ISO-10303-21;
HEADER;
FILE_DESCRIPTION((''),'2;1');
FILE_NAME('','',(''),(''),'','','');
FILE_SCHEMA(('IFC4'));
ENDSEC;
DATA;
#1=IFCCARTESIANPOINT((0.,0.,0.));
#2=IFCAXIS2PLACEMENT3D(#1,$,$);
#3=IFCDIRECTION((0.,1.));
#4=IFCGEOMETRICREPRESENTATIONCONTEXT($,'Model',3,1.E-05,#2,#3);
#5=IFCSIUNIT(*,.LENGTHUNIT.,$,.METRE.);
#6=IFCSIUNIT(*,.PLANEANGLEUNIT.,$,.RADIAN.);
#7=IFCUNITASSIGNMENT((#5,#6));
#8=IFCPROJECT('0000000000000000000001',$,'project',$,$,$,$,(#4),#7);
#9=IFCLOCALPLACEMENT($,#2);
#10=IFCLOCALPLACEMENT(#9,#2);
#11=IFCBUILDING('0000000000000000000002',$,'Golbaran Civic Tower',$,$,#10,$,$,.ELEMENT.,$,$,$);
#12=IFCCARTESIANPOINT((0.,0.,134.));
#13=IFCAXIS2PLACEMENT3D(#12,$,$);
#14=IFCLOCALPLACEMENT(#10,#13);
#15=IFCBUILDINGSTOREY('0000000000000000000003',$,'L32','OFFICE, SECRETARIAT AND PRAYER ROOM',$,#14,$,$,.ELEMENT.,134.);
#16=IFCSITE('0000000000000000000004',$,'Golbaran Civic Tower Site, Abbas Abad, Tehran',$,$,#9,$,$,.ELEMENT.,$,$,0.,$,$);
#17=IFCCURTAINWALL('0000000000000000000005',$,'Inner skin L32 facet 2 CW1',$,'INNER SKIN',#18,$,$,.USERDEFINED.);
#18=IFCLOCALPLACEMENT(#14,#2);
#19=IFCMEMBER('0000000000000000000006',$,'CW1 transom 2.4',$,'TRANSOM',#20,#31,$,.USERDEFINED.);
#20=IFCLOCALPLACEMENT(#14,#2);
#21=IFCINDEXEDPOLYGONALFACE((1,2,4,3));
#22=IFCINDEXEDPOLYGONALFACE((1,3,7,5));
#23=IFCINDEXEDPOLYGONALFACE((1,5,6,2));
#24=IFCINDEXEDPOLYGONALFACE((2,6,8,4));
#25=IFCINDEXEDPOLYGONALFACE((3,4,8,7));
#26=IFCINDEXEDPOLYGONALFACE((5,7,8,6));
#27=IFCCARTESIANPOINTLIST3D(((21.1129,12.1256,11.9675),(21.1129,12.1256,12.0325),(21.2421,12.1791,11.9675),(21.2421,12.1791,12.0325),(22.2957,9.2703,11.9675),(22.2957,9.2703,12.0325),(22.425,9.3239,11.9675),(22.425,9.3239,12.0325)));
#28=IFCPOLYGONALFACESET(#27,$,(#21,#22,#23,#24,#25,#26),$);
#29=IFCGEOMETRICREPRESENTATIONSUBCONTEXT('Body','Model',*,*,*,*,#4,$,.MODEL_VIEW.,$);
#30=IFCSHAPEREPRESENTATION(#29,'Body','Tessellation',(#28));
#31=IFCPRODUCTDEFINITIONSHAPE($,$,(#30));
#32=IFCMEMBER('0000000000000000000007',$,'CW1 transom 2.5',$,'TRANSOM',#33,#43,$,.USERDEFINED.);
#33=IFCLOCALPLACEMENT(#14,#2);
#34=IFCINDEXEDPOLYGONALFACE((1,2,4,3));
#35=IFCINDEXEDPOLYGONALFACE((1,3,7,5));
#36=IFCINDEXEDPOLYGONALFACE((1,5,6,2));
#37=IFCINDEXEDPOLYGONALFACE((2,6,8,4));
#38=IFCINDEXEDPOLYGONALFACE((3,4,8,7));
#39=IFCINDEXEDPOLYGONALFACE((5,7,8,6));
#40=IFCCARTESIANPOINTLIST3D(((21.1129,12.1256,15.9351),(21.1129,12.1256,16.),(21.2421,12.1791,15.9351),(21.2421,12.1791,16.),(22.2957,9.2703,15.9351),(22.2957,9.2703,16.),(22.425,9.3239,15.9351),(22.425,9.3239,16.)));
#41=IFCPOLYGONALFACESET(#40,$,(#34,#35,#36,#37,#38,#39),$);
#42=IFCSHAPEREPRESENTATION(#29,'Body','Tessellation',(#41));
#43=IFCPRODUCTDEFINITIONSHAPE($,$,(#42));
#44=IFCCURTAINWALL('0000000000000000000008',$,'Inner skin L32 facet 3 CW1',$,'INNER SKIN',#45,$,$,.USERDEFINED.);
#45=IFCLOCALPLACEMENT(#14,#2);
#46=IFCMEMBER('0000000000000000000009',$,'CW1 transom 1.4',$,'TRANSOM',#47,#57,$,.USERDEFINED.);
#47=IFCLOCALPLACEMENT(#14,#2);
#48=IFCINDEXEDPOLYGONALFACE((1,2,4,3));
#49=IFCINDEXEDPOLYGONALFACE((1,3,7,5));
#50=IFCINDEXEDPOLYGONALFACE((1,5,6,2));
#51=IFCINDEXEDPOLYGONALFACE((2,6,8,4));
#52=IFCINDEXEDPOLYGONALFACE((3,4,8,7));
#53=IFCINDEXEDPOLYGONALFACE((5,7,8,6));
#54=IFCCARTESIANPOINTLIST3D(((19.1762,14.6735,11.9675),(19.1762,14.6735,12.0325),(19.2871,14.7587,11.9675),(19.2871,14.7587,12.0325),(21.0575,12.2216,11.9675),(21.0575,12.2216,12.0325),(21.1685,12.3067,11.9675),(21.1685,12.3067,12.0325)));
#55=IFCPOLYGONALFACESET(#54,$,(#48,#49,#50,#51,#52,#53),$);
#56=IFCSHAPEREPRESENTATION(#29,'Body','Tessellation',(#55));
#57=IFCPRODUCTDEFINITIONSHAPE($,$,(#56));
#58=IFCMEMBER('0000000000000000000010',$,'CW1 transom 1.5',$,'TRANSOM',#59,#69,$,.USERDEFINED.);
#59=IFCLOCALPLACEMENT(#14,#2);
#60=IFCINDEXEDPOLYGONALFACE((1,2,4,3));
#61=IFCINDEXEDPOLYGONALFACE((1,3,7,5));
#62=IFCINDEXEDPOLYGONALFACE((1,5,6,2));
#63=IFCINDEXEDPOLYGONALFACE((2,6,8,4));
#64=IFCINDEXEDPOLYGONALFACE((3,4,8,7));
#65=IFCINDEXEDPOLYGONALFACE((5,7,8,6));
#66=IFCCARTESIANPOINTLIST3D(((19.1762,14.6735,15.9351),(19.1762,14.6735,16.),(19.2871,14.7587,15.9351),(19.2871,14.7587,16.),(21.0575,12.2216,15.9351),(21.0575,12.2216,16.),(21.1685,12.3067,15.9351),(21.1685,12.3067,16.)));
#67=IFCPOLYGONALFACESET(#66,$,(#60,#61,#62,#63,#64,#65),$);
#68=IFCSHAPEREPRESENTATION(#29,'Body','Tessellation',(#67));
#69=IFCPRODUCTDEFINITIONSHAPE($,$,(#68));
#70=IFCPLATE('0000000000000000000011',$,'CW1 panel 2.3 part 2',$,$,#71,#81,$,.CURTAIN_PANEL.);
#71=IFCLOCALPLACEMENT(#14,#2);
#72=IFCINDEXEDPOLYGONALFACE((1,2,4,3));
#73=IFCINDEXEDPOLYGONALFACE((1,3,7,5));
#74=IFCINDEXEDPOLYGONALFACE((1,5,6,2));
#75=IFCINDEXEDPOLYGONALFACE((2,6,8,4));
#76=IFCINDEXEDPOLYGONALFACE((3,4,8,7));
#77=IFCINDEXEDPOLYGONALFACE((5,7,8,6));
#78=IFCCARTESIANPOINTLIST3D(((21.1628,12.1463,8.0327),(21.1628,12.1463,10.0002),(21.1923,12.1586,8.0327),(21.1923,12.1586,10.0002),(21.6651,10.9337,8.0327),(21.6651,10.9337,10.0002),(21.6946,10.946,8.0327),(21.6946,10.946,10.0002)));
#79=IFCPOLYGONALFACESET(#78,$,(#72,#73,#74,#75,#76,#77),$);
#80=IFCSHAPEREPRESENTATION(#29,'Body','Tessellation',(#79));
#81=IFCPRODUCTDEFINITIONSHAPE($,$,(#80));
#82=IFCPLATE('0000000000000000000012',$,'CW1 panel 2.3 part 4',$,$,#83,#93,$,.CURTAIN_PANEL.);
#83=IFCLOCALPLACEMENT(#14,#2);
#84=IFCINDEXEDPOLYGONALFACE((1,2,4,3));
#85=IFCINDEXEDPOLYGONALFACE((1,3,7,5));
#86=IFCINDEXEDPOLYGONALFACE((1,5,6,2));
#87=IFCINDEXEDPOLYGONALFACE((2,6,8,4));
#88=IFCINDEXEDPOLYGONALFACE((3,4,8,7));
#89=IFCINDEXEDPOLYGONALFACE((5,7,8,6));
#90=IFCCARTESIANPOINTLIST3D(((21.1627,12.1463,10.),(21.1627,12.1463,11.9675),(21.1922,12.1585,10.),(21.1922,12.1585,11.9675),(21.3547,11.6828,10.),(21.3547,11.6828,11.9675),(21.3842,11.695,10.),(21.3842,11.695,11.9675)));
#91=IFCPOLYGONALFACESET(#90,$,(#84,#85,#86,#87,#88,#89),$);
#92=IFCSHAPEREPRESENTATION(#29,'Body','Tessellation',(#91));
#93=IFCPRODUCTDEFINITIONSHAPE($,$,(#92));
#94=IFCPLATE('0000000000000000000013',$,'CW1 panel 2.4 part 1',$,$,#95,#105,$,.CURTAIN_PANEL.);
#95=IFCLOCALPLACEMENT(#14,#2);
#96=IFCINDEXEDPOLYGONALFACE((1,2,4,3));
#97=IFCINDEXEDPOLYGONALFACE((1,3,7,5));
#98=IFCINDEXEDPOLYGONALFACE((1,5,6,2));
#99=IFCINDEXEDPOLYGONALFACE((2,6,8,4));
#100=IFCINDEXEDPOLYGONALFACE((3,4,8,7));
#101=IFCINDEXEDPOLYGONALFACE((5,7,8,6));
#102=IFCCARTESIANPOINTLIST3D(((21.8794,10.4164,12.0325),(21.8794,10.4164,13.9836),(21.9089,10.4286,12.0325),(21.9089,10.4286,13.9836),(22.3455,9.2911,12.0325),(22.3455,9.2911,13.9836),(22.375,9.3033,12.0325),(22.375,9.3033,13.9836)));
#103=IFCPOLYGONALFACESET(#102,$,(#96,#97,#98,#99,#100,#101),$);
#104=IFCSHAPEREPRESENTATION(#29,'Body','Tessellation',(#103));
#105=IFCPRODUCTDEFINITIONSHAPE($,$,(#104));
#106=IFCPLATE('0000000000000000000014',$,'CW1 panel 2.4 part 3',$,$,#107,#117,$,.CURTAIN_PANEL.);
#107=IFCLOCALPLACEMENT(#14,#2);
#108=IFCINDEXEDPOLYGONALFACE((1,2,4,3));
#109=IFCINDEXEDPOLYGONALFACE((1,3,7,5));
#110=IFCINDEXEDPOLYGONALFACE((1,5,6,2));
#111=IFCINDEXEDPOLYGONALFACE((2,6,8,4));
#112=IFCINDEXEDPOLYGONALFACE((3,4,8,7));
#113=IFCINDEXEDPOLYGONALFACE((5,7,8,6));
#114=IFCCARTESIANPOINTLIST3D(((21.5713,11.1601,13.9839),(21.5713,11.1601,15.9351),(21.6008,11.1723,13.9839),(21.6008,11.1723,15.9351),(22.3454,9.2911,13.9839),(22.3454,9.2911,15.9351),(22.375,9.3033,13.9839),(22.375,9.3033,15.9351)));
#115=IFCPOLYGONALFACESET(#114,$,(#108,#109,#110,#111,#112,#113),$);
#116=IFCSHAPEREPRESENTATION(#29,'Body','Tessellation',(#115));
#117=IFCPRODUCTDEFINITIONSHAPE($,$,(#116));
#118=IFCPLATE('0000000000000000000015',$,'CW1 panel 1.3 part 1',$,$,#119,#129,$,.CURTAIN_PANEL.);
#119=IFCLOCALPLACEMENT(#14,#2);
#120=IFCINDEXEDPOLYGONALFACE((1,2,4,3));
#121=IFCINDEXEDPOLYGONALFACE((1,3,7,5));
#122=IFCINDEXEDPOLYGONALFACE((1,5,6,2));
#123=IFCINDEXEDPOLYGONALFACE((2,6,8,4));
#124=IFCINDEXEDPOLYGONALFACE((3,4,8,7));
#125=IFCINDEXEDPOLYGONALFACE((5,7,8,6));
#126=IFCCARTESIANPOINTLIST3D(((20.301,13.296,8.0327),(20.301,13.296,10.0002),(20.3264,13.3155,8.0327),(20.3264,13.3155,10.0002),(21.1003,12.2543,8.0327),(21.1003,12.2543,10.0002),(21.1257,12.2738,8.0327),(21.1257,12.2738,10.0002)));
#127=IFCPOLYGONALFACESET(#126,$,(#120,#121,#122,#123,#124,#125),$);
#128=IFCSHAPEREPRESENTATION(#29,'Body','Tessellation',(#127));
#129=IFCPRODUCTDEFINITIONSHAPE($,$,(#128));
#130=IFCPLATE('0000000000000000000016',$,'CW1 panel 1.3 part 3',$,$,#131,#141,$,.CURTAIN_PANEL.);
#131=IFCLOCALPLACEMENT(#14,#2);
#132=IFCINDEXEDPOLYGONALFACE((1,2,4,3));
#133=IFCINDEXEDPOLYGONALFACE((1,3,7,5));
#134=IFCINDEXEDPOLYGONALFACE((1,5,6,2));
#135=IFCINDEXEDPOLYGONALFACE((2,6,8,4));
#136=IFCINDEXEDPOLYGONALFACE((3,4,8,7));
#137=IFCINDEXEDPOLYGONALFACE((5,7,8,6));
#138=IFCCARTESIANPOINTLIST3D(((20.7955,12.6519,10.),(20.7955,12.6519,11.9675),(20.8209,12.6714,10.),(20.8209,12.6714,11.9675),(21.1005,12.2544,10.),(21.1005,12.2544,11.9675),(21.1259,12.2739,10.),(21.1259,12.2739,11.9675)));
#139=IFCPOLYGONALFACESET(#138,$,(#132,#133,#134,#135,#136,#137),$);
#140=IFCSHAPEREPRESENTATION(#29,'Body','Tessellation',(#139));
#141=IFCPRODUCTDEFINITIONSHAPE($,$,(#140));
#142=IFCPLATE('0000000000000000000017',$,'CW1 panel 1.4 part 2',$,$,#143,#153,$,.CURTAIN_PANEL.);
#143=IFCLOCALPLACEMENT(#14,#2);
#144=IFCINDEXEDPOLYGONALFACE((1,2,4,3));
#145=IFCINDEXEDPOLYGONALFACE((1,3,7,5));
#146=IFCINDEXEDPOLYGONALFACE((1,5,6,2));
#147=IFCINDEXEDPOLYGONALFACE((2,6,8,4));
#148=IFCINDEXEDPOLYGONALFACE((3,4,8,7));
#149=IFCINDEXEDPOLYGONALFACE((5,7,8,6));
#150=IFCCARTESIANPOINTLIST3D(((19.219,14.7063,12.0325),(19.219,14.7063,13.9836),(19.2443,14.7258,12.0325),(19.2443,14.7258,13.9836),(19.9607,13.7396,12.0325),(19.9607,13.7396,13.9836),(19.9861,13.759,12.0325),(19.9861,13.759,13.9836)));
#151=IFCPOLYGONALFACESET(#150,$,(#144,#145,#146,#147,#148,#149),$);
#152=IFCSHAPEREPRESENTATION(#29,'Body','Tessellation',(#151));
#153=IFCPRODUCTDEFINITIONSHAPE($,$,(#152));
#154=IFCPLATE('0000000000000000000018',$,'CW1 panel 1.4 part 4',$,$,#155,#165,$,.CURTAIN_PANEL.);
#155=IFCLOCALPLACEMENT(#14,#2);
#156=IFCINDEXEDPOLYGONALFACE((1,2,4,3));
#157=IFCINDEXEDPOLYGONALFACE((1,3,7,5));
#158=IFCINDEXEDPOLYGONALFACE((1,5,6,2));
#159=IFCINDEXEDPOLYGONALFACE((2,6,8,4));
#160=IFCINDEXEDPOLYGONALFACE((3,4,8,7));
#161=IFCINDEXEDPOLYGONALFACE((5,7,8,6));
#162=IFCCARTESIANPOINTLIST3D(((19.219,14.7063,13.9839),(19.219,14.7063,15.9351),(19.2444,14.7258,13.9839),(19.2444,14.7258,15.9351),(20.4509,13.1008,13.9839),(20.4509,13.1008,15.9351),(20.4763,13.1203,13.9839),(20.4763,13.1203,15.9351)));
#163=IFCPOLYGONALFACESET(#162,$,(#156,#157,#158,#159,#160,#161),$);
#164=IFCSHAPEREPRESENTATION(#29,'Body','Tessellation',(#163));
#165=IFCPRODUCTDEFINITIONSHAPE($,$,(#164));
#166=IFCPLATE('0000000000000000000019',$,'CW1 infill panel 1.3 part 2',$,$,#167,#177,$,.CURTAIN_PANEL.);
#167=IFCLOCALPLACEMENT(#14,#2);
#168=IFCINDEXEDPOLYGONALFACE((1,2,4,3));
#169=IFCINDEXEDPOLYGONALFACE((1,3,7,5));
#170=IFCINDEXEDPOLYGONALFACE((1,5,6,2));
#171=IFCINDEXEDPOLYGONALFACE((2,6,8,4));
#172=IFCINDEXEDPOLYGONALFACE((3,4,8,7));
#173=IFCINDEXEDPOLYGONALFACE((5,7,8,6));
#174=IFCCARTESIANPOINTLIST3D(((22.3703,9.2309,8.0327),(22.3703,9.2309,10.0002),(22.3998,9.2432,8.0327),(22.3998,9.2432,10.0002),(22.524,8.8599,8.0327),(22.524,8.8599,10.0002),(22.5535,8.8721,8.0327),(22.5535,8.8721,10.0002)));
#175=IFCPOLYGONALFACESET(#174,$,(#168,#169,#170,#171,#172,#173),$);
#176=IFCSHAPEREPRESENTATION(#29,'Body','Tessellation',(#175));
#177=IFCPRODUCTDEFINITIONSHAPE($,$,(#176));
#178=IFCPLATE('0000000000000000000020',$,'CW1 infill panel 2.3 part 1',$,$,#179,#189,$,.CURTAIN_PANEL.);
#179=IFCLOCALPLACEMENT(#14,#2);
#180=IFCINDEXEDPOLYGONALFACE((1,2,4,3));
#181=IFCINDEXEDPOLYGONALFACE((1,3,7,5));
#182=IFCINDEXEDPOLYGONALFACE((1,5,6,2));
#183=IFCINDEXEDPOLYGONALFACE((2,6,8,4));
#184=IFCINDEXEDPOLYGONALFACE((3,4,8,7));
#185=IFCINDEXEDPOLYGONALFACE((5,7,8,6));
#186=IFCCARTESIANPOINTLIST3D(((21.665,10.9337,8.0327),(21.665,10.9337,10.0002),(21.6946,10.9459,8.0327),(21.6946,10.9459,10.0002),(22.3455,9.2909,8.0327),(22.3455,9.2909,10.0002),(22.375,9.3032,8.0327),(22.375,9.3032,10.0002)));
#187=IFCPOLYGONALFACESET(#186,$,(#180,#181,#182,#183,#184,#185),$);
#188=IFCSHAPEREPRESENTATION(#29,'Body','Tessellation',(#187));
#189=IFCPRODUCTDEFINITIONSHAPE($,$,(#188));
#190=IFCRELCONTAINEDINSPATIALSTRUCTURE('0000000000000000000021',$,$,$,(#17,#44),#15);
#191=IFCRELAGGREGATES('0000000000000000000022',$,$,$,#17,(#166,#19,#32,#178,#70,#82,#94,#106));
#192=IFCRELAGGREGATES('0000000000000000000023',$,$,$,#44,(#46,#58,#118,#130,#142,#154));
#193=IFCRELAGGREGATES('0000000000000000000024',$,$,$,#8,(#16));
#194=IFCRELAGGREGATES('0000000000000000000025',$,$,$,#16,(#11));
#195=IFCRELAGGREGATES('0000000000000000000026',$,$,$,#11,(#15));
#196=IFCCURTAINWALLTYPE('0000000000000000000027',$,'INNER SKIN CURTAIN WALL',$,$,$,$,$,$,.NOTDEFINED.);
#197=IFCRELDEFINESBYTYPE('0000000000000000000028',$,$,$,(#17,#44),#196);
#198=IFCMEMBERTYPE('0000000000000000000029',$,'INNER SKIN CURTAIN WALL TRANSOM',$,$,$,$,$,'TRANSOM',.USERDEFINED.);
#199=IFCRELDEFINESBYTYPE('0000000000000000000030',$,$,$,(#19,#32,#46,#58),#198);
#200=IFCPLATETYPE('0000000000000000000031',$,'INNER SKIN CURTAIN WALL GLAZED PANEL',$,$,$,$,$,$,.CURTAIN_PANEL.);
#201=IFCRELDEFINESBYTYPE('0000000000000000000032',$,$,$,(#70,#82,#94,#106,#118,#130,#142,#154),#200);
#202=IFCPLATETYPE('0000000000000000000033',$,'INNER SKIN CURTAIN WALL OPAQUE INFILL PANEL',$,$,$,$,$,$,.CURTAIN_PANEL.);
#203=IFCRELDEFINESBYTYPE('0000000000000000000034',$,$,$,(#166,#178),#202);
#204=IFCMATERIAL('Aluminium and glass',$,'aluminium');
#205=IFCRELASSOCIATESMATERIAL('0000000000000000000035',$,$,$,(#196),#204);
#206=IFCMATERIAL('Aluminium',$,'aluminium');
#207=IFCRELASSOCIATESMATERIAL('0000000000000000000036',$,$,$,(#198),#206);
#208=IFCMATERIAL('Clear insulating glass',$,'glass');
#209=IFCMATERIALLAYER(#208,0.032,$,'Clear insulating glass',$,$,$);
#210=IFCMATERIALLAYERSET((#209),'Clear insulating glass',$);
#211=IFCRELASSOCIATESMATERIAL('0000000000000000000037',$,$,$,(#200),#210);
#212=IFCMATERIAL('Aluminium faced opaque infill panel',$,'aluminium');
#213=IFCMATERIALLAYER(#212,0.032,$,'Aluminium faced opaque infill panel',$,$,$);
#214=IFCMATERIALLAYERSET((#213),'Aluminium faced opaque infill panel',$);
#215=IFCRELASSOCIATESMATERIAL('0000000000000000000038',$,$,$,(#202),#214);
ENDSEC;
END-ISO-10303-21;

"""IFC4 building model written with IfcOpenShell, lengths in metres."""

from ifc_helpers import new_model, si_unit, direction, frame, origin, origin_2d, place, context, subcontext, project, spatial, rectangle, extrude, material, layer, layer_set, material_profile, profile_set, type_object, element, aggregate, save


model = new_model("IFC4")

# Units and contexts
model_context = context("Model", 3, precision=1e-05, world=origin(), true_north=direction((0.0, 1.0)))
body_context = subcontext(model_context, "Body", "Model", "MODEL_VIEW")
ifc_project = project(units=[si_unit("LENGTHUNIT", "METRE"), si_unit("PLANEANGLEUNIT", "RADIAN")], contexts=[model_context])

# Site, building, storey
site_placement = place(None, origin())
site = spatial("IfcSite", under=ifc_project, at=site_placement, Name="Golbaran Civic Tower Site, Abbas Abad, Tehran", CompositionType="ELEMENT", RefElevation=0.0)
building_placement = place(site_placement, origin())
building = spatial("IfcBuilding", under=site, at=building_placement, Name="Golbaran Civic Tower", CompositionType="ELEMENT")
storey_placement = place(building_placement, frame((0.0, 0.0, 134.0)))
storey = spatial("IfcBuildingStorey", under=building, at=storey_placement, Name="L32", Description="OFFICE, SECRETARIAT AND PRAYER ROOM", CompositionType="ELEMENT", Elevation=134.0)

# Curtain walls, members
ifc_material_1 = material(Name="Aluminium and glass", Category="aluminium")
curtain_wall_type = type_object("IfcCurtainWallType", Name="INNER SKIN CURTAIN WALL", PredefinedType="NOTDEFINED", material=ifc_material_1)
curtain_wall_1_placement = place(storey_placement, origin())
curtain_wall_1 = element("IfcCurtainWall", 1, at=curtain_wall_1_placement, inside=storey, type_object=curtain_wall_type, Name="Inner skin L32 facet 2 CW1", ObjectType="INNER SKIN", PredefinedType="USERDEFINED")
ifc_material_2 = material(Name="Aluminium", Category="aluminium")
ifc_material_profile = material_profile(ifc_material_2, rectangle(XDim=0.1399, YDim=0.0649, at=origin_2d()), Name="INNER SKIN CURTAIN WALL TRANSOM")
ifc_profile_set = profile_set([ifc_material_profile], Name="Aluminium")
member_type = type_object("IfcMemberType", Name="INNER SKIN CURTAIN WALL TRANSOM", ElementType="TRANSOM", PredefinedType="USERDEFINED", material=ifc_profile_set)
member_1_placement = place(storey_placement, frame((22.3604, 9.2971, 12.0), z_axis=(-0.382736, 0.923858, 0.0), x_axis=(-0.923858, -0.382736, 0.0)))
member_1 = element("IfcMember", 2, at=member_1_placement, type_object=member_type, Name="CW1 transom 2.4", ObjectType="TRANSOM", PredefinedType="USERDEFINED", context=body_context, shape_type="SweptSolid", body=[
    extrude(rectangle(XDim=0.1399, YDim=0.0649, at=origin_2d()), origin(), (0.0, 0.0, 1.0), 3.0906),
])
member_2_placement = place(storey_placement, frame((22.3604, 9.2971, 15.9675), z_axis=(-0.382736, 0.923858, 0.0), x_axis=(-0.923858, -0.382736, 0.0)))
member_2 = element("IfcMember", 3, at=member_2_placement, type_object=member_type, Name="CW1 transom 2.5", ObjectType="TRANSOM", PredefinedType="USERDEFINED", context=body_context, shape_type="SweptSolid", body=[
    extrude(rectangle(XDim=0.1399, YDim=0.0649, at=origin_2d()), origin(), (0.0, 0.0, 1.0), 3.0906),
])
curtain_wall_2_placement = place(storey_placement, origin())
curtain_wall_2 = element("IfcCurtainWall", 4, at=curtain_wall_2_placement, inside=storey, type_object=curtain_wall_type, Name="Inner skin L32 facet 3 CW1", ObjectType="INNER SKIN", PredefinedType="USERDEFINED")
member_3_placement = place(storey_placement, frame((21.113, 12.2642, 12.0), z_axis=(-0.608748, 0.793363, 0.0), x_axis=(-0.793363, -0.608748, 0.0)))
member_3 = element("IfcMember", 5, at=member_3_placement, type_object=member_type, Name="CW1 transom 1.4", ObjectType="TRANSOM", PredefinedType="USERDEFINED", context=body_context, shape_type="SweptSolid", body=[
    extrude(rectangle(XDim=0.1399, YDim=0.0649, at=origin_2d()), origin(), (0.0, 0.0, 1.0), 3.0906),
])
member_4_placement = place(storey_placement, frame((21.113, 12.2642, 15.9675), z_axis=(-0.608748, 0.793363, 0.0), x_axis=(-0.793363, -0.608748, 0.0)))
member_4 = element("IfcMember", 6, at=member_4_placement, type_object=member_type, Name="CW1 transom 1.5", ObjectType="TRANSOM", PredefinedType="USERDEFINED", context=body_context, shape_type="SweptSolid", body=[
    extrude(rectangle(XDim=0.1399, YDim=0.0649, at=origin_2d()), origin(), (0.0, 0.0, 1.0), 3.0906),
])

# Plates
ifc_material_3 = material(Name="Clear insulating glass", Category="glass")
ifc_layer_1 = layer(ifc_material_3, 0.032, Name="Clear insulating glass")
ifc_layer_set_1 = layer_set([ifc_layer_1], Name="Clear insulating glass")
plate_type_1 = type_object("IfcPlateType", Name="INNER SKIN CURTAIN WALL GLAZED PANEL", PredefinedType="CURTAIN_PANEL", material=ifc_layer_set_1)
plate_1_placement = place(storey_placement, frame((21.4287, 11.5461, 8.0327), z_axis=(0.0, 0.0, 1.0), x_axis=(-0.382683, 0.92388, 0.0)))
plate_1 = element("IfcPlate", 7, at=plate_1_placement, type_object=plate_type_1, Name="CW1 panel 2.3 part 2", PredefinedType="CURTAIN_PANEL", context=body_context, shape_type="SweptSolid", body=[
    extrude(rectangle(XDim=1.3125, YDim=0.032, at=origin_2d()), origin(), (0.0, 0.0, 1.0), 1.9675),
])
plate_2_placement = place(storey_placement, frame((21.2734, 11.9207, 10.0), z_axis=(0.0, 0.0, 1.0), x_axis=(-0.382683, 0.92388, 0.0)))
plate_2 = element("IfcPlate", 8, at=plate_2_placement, type_object=plate_type_1, Name="CW1 panel 2.3 part 4", PredefinedType="CURTAIN_PANEL", context=body_context, shape_type="SweptSolid", body=[
    extrude(rectangle(XDim=0.5017, YDim=0.032, at=origin_2d()), origin(), (0.0, 0.0, 1.0), 1.9675),
])
plate_3_placement = place(storey_placement, frame((22.1272, 9.8599, 12.0325), z_axis=(0.0, 0.0, 1.0), x_axis=(-0.382683, 0.92388, 0.0)))
plate_3 = element("IfcPlate", 9, at=plate_3_placement, type_object=plate_type_1, Name="CW1 panel 2.4 part 1", PredefinedType="CURTAIN_PANEL", context=body_context, shape_type="SweptSolid", body=[
    extrude(rectangle(XDim=1.218, YDim=0.032, at=origin_2d()), origin(), (0.0, 0.0, 1.0), 1.9512),
])
plate_4_placement = place(storey_placement, frame((21.9731, 10.2317, 13.9839), z_axis=(0.0, 0.0, 1.0), x_axis=(-0.382683, 0.92388, 0.0)))
plate_4 = element("IfcPlate", 10, at=plate_4_placement, type_object=plate_type_1, Name="CW1 panel 2.4 part 3", PredefinedType="CURTAIN_PANEL", context=body_context, shape_type="SweptSolid", body=[
    extrude(rectangle(XDim=2.0229, YDim=0.032, at=origin_2d()), origin(), (0.0, 0.0, 1.0), 1.9512),
])
plate_5_placement = place(storey_placement, frame((20.7134, 12.7849, 8.0327), z_axis=(0.0, 0.0, 1.0), x_axis=(-0.608761, 0.793353, 0.0)))
plate_5 = element("IfcPlate", 11, at=plate_5_placement, type_object=plate_type_1, Name="CW1 panel 1.3 part 1", PredefinedType="CURTAIN_PANEL", context=body_context, shape_type="SweptSolid", body=[
    extrude(rectangle(XDim=1.313, YDim=0.032, at=origin_2d()), origin(), (0.0, 0.0, 1.0), 1.9675),
])
plate_6_placement = place(storey_placement, frame((20.9607, 12.4629, 10.0), z_axis=(0.0, 0.0, 1.0), x_axis=(-0.608761, 0.793353, 0.0)))
plate_6 = element("IfcPlate", 12, at=plate_6_placement, type_object=plate_type_1, Name="CW1 panel 1.3 part 3", PredefinedType="CURTAIN_PANEL", context=body_context, shape_type="SweptSolid", body=[
    extrude(rectangle(XDim=0.501, YDim=0.032, at=origin_2d()), origin(), (0.0, 0.0, 1.0), 1.9675),
])
plate_7_placement = place(storey_placement, frame((19.6025, 14.2327, 12.0325), z_axis=(0.0, 0.0, 1.0), x_axis=(-0.608761, 0.793353, 0.0)))
plate_7 = element("IfcPlate", 13, at=plate_7_placement, type_object=plate_type_1, Name="CW1 panel 1.4 part 2", PredefinedType="CURTAIN_PANEL", context=body_context, shape_type="SweptSolid", body=[
    extrude(rectangle(XDim=1.2185, YDim=0.032, at=origin_2d()), origin(), (0.0, 0.0, 1.0), 1.9512),
])
plate_8_placement = place(storey_placement, frame((19.8477, 13.9133, 13.9839), z_axis=(0.0, 0.0, 1.0), x_axis=(-0.608761, 0.793353, 0.0)))
plate_8 = element("IfcPlate", 14, at=plate_8_placement, type_object=plate_type_1, Name="CW1 panel 1.4 part 4", PredefinedType="CURTAIN_PANEL", context=body_context, shape_type="SweptSolid", body=[
    extrude(rectangle(XDim=2.0237, YDim=0.032, at=origin_2d()), origin(), (0.0, 0.0, 1.0), 1.9512),
])
ifc_material_4 = material(Name="Aluminium faced opaque infill panel", Category="aluminium")
ifc_layer_2 = layer(ifc_material_4, 0.032, Name="Aluminium faced opaque infill panel")
ifc_layer_set_2 = layer_set([ifc_layer_2], Name="Aluminium faced opaque infill panel")
plate_type_2 = type_object("IfcPlateType", Name="INNER SKIN CURTAIN WALL OPAQUE INFILL PANEL", PredefinedType="CURTAIN_PANEL", material=ifc_layer_set_2)
plate_9_placement = place(storey_placement, frame((22.4619, 9.0515, 8.0327), z_axis=(0.0, 0.0, 1.0), x_axis=(-0.382683, 0.92388, 0.0)))
plate_9 = element("IfcPlate", 15, at=plate_9_placement, type_object=plate_type_2, Name="CW1 infill panel 1.3 part 2", PredefinedType="CURTAIN_PANEL", context=body_context, shape_type="SweptSolid", body=[
    extrude(rectangle(XDim=0.4016, YDim=0.032, at=origin_2d()), origin(), (0.0, 0.0, 1.0), 1.9675),
])
plate_10_placement = place(storey_placement, frame((22.02, 10.1184, 8.0327), z_axis=(0.0, 0.0, 1.0), x_axis=(-0.382683, 0.92388, 0.0)))
plate_10 = element("IfcPlate", 16, at=plate_10_placement, type_object=plate_type_2, Name="CW1 infill panel 2.3 part 1", PredefinedType="CURTAIN_PANEL", context=body_context, shape_type="SweptSolid", body=[
    extrude(rectangle(XDim=1.7781, YDim=0.032, at=origin_2d()), origin(), (0.0, 0.0, 1.0), 1.9675),
])
aggregate(curtain_wall_1, [plate_9, member_1, member_2, plate_10, plate_1, plate_2, plate_3, plate_4])
aggregate(curtain_wall_2, [member_3, member_4, plate_5, plate_6, plate_7, plate_8])

save(model, "model.ifc")
